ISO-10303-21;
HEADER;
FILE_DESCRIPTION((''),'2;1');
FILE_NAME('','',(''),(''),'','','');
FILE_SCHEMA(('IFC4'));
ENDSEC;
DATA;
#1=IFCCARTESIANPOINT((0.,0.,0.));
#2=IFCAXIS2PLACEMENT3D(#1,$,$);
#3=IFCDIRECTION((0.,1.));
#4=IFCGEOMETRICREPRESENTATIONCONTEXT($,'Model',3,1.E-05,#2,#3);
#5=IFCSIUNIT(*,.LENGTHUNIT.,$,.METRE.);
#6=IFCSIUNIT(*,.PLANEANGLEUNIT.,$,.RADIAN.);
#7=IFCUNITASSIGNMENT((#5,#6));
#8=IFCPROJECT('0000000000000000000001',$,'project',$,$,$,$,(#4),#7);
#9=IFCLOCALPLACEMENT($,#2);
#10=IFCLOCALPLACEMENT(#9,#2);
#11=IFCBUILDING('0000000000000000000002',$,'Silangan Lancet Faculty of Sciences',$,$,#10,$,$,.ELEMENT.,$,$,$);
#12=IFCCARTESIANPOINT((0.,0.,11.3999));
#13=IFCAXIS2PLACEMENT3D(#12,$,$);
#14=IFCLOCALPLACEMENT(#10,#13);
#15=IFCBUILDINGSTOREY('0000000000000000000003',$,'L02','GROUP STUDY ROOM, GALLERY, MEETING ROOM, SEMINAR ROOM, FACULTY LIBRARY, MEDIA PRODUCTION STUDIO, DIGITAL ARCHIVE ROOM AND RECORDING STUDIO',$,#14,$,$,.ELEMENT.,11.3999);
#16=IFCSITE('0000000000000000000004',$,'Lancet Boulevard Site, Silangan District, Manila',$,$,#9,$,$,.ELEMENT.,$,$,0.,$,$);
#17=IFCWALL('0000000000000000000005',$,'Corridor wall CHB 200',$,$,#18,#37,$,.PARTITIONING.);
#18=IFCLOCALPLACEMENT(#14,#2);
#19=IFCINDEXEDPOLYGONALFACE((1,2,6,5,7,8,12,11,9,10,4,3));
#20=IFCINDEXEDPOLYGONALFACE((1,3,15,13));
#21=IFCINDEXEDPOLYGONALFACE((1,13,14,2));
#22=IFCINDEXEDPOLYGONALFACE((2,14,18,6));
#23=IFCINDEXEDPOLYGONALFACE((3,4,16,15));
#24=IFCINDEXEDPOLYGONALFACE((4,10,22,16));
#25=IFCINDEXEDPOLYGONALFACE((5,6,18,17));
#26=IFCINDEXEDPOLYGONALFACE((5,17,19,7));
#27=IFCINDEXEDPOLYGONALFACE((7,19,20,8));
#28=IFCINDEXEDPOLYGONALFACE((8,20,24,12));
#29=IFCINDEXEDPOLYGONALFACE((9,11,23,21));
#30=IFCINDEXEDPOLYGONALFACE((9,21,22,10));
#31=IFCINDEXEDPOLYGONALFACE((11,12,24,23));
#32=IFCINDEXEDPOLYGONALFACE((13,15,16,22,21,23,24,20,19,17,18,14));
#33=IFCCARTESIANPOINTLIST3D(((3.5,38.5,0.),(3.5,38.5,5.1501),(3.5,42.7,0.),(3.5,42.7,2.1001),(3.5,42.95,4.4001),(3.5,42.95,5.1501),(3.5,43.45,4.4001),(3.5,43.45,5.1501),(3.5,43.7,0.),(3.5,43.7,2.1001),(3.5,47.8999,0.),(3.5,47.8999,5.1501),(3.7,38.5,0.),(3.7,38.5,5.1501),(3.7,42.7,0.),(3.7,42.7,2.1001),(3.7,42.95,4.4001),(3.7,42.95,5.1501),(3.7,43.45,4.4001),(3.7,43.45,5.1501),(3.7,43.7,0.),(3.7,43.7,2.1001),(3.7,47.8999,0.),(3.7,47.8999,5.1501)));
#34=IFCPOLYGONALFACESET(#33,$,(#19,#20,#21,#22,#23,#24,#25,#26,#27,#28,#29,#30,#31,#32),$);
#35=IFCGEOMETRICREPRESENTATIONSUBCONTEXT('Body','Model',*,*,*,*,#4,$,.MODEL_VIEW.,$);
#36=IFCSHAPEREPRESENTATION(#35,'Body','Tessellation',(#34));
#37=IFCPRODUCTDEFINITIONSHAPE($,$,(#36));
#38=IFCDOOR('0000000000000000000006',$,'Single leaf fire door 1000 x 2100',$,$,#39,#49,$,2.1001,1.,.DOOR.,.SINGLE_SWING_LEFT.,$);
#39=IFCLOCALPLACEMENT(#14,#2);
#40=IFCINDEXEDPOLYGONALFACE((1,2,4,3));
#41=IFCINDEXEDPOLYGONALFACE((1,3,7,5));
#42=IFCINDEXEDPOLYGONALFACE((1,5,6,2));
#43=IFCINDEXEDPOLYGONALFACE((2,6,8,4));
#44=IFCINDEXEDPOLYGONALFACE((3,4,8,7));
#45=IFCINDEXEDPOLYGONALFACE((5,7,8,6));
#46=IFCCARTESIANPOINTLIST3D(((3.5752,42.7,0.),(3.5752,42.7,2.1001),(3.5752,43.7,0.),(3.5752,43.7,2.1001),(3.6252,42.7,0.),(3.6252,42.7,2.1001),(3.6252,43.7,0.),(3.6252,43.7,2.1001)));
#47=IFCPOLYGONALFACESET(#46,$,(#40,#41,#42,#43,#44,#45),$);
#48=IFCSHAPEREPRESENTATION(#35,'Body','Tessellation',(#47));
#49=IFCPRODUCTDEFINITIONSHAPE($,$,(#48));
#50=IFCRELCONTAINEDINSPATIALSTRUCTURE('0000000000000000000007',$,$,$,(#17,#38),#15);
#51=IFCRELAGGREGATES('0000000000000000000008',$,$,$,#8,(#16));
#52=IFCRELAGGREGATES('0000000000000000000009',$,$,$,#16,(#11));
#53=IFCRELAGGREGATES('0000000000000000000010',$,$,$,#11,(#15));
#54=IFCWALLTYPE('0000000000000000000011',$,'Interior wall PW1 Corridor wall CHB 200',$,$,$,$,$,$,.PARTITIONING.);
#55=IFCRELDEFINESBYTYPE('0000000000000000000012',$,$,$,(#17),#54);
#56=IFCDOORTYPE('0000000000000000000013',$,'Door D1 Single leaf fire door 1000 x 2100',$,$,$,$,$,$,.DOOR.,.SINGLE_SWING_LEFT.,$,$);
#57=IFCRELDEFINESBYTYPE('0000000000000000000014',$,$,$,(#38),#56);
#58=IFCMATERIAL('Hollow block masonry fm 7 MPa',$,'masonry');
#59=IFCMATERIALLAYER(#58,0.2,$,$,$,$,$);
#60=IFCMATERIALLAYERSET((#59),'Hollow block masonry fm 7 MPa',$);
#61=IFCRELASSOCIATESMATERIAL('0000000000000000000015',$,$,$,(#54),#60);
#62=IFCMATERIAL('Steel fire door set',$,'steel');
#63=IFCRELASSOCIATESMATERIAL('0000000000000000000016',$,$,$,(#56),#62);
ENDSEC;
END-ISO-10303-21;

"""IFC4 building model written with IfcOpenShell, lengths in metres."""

from ifc_helpers import new_model, si_unit, direction, frame, frame_2d, origin, place, context, subcontext, project, spatial, polyline, rectangle, outline, extrude, material, layer, layer_set, type_object, element, fill, save


model = new_model("IFC4")

# Units and contexts
model_context = context("Model", 3, precision=1e-05, world=origin(), true_north=direction((0.0, 1.0)))
body_context = subcontext(model_context, "Body", "Model", "MODEL_VIEW")
ifc_project = project(units=[si_unit("LENGTHUNIT", "METRE"), si_unit("PLANEANGLEUNIT", "RADIAN")], contexts=[model_context])

# Site, building, storey
site_placement = place(None, origin())
site = spatial("IfcSite", under=ifc_project, at=site_placement, Name="Lancet Boulevard Site, Silangan District, Manila", CompositionType="ELEMENT", RefElevation=0.0)
building_placement = place(site_placement, origin())
building = spatial("IfcBuilding", under=site, at=building_placement, Name="Silangan Lancet Faculty of Sciences", CompositionType="ELEMENT")
storey_placement = place(building_placement, frame((0.0, 0.0, 11.3999)))
storey = spatial("IfcBuildingStorey", under=building, at=storey_placement, Name="L02", Description="GROUP STUDY ROOM, GALLERY, MEETING ROOM, SEMINAR ROOM, FACULTY LIBRARY, MEDIA PRODUCTION STUDIO, DIGITAL ARCHIVE ROOM AND RECORDING STUDIO", CompositionType="ELEMENT", Elevation=11.3999)

# Shared definitions
ifc_material_1 = material(Name="Hollow block masonry fm 7 MPa", Category="masonry")
ifc_layer_1 = layer(ifc_material_1, 0.2)
ifc_layer_set_1 = layer_set([ifc_layer_1], Name="Hollow block masonry fm 7 MPa")
wall_type_1 = type_object("IfcWallType", Name="Interior wall PW1 Corridor wall CHB 200", PredefinedType="PARTITIONING", material=ifc_layer_set_1)

# Wall, opening, door
wall_1_placement = place(storey_placement, frame((3.6001, 38.5, 0.0), z_axis=(0.0, 0.0, 1.0), x_axis=(0.0, 1.0, 0.0)))
wall_1 = element("IfcWall", 1, at=wall_1_placement, inside=storey, type_object=wall_type_1, Name="Corridor wall CHB 200", PredefinedType="PARTITIONING", context=body_context, shape_type="SweptSolid", body=[
    extrude(outline(polyline([(0.0, 0.0), (9.3999, 0.0), (9.3999, 5.1501), (4.95, 5.1501), (4.95, 4.4001), (4.45, 4.4001), (4.45, 5.1501), (0.0, 5.1501), (0.0, 0.0)])), frame((0.0, 0.1001, 0.0), z_axis=(0.0, -1.0, 0.0), x_axis=(1.0, 0.0, 0.0)), (0.0, 0.0, 1.0), 0.2),
])
opening_1_placement = place(wall_1_placement, frame((4.2, 0.0, 0.0)))
opening_1 = element("IfcOpeningElement", 2, at=opening_1_placement, cuts=wall_1, PredefinedType="OPENING", context=body_context, shape_type="SweptSolid", body=[
    extrude(rectangle(XDim=1.0, YDim=2.1001, at=frame_2d((0.5, 1.05))), frame((0.0, 0.1099, 0.0), z_axis=(0.0, -1.0, 0.0), x_axis=(1.0, 0.0, 0.0)), (0.0, 0.0, 1.0), 0.22),
])
ifc_material_2 = material(Name="Steel fire door set", Category="steel")
door_type = type_object("IfcDoorType", Name="Door D1 Single leaf fire door 1000 x 2100", OperationType="SINGLE_SWING_LEFT", PredefinedType="DOOR", material=ifc_material_2)
door_placement = place(opening_1_placement, frame((1.0, 0.0, 0.0), z_axis=(0.0, 0.0, 1.0), x_axis=(-1.0, 0.0, 0.0)))
door = element("IfcDoor", 3, at=door_placement, inside=storey, type_object=door_type, Name="Single leaf fire door 1000 x 2100", OperationType="SINGLE_SWING_LEFT", OverallHeight=2.1001, OverallWidth=1.0, PredefinedType="DOOR", context=body_context, shape_type="SweptSolid", body=[
    extrude(rectangle(XDim=1.0, YDim=2.1001, at=frame_2d((0.5, 1.05))), frame((0.0, 0.0251, 0.0), z_axis=(0.0, -1.0, 0.0), x_axis=(1.0, 0.0, 0.0)), (0.0, 0.0, 1.0), 0.05),
])
fill(opening_1, door)

save(model, "model.ifc")
